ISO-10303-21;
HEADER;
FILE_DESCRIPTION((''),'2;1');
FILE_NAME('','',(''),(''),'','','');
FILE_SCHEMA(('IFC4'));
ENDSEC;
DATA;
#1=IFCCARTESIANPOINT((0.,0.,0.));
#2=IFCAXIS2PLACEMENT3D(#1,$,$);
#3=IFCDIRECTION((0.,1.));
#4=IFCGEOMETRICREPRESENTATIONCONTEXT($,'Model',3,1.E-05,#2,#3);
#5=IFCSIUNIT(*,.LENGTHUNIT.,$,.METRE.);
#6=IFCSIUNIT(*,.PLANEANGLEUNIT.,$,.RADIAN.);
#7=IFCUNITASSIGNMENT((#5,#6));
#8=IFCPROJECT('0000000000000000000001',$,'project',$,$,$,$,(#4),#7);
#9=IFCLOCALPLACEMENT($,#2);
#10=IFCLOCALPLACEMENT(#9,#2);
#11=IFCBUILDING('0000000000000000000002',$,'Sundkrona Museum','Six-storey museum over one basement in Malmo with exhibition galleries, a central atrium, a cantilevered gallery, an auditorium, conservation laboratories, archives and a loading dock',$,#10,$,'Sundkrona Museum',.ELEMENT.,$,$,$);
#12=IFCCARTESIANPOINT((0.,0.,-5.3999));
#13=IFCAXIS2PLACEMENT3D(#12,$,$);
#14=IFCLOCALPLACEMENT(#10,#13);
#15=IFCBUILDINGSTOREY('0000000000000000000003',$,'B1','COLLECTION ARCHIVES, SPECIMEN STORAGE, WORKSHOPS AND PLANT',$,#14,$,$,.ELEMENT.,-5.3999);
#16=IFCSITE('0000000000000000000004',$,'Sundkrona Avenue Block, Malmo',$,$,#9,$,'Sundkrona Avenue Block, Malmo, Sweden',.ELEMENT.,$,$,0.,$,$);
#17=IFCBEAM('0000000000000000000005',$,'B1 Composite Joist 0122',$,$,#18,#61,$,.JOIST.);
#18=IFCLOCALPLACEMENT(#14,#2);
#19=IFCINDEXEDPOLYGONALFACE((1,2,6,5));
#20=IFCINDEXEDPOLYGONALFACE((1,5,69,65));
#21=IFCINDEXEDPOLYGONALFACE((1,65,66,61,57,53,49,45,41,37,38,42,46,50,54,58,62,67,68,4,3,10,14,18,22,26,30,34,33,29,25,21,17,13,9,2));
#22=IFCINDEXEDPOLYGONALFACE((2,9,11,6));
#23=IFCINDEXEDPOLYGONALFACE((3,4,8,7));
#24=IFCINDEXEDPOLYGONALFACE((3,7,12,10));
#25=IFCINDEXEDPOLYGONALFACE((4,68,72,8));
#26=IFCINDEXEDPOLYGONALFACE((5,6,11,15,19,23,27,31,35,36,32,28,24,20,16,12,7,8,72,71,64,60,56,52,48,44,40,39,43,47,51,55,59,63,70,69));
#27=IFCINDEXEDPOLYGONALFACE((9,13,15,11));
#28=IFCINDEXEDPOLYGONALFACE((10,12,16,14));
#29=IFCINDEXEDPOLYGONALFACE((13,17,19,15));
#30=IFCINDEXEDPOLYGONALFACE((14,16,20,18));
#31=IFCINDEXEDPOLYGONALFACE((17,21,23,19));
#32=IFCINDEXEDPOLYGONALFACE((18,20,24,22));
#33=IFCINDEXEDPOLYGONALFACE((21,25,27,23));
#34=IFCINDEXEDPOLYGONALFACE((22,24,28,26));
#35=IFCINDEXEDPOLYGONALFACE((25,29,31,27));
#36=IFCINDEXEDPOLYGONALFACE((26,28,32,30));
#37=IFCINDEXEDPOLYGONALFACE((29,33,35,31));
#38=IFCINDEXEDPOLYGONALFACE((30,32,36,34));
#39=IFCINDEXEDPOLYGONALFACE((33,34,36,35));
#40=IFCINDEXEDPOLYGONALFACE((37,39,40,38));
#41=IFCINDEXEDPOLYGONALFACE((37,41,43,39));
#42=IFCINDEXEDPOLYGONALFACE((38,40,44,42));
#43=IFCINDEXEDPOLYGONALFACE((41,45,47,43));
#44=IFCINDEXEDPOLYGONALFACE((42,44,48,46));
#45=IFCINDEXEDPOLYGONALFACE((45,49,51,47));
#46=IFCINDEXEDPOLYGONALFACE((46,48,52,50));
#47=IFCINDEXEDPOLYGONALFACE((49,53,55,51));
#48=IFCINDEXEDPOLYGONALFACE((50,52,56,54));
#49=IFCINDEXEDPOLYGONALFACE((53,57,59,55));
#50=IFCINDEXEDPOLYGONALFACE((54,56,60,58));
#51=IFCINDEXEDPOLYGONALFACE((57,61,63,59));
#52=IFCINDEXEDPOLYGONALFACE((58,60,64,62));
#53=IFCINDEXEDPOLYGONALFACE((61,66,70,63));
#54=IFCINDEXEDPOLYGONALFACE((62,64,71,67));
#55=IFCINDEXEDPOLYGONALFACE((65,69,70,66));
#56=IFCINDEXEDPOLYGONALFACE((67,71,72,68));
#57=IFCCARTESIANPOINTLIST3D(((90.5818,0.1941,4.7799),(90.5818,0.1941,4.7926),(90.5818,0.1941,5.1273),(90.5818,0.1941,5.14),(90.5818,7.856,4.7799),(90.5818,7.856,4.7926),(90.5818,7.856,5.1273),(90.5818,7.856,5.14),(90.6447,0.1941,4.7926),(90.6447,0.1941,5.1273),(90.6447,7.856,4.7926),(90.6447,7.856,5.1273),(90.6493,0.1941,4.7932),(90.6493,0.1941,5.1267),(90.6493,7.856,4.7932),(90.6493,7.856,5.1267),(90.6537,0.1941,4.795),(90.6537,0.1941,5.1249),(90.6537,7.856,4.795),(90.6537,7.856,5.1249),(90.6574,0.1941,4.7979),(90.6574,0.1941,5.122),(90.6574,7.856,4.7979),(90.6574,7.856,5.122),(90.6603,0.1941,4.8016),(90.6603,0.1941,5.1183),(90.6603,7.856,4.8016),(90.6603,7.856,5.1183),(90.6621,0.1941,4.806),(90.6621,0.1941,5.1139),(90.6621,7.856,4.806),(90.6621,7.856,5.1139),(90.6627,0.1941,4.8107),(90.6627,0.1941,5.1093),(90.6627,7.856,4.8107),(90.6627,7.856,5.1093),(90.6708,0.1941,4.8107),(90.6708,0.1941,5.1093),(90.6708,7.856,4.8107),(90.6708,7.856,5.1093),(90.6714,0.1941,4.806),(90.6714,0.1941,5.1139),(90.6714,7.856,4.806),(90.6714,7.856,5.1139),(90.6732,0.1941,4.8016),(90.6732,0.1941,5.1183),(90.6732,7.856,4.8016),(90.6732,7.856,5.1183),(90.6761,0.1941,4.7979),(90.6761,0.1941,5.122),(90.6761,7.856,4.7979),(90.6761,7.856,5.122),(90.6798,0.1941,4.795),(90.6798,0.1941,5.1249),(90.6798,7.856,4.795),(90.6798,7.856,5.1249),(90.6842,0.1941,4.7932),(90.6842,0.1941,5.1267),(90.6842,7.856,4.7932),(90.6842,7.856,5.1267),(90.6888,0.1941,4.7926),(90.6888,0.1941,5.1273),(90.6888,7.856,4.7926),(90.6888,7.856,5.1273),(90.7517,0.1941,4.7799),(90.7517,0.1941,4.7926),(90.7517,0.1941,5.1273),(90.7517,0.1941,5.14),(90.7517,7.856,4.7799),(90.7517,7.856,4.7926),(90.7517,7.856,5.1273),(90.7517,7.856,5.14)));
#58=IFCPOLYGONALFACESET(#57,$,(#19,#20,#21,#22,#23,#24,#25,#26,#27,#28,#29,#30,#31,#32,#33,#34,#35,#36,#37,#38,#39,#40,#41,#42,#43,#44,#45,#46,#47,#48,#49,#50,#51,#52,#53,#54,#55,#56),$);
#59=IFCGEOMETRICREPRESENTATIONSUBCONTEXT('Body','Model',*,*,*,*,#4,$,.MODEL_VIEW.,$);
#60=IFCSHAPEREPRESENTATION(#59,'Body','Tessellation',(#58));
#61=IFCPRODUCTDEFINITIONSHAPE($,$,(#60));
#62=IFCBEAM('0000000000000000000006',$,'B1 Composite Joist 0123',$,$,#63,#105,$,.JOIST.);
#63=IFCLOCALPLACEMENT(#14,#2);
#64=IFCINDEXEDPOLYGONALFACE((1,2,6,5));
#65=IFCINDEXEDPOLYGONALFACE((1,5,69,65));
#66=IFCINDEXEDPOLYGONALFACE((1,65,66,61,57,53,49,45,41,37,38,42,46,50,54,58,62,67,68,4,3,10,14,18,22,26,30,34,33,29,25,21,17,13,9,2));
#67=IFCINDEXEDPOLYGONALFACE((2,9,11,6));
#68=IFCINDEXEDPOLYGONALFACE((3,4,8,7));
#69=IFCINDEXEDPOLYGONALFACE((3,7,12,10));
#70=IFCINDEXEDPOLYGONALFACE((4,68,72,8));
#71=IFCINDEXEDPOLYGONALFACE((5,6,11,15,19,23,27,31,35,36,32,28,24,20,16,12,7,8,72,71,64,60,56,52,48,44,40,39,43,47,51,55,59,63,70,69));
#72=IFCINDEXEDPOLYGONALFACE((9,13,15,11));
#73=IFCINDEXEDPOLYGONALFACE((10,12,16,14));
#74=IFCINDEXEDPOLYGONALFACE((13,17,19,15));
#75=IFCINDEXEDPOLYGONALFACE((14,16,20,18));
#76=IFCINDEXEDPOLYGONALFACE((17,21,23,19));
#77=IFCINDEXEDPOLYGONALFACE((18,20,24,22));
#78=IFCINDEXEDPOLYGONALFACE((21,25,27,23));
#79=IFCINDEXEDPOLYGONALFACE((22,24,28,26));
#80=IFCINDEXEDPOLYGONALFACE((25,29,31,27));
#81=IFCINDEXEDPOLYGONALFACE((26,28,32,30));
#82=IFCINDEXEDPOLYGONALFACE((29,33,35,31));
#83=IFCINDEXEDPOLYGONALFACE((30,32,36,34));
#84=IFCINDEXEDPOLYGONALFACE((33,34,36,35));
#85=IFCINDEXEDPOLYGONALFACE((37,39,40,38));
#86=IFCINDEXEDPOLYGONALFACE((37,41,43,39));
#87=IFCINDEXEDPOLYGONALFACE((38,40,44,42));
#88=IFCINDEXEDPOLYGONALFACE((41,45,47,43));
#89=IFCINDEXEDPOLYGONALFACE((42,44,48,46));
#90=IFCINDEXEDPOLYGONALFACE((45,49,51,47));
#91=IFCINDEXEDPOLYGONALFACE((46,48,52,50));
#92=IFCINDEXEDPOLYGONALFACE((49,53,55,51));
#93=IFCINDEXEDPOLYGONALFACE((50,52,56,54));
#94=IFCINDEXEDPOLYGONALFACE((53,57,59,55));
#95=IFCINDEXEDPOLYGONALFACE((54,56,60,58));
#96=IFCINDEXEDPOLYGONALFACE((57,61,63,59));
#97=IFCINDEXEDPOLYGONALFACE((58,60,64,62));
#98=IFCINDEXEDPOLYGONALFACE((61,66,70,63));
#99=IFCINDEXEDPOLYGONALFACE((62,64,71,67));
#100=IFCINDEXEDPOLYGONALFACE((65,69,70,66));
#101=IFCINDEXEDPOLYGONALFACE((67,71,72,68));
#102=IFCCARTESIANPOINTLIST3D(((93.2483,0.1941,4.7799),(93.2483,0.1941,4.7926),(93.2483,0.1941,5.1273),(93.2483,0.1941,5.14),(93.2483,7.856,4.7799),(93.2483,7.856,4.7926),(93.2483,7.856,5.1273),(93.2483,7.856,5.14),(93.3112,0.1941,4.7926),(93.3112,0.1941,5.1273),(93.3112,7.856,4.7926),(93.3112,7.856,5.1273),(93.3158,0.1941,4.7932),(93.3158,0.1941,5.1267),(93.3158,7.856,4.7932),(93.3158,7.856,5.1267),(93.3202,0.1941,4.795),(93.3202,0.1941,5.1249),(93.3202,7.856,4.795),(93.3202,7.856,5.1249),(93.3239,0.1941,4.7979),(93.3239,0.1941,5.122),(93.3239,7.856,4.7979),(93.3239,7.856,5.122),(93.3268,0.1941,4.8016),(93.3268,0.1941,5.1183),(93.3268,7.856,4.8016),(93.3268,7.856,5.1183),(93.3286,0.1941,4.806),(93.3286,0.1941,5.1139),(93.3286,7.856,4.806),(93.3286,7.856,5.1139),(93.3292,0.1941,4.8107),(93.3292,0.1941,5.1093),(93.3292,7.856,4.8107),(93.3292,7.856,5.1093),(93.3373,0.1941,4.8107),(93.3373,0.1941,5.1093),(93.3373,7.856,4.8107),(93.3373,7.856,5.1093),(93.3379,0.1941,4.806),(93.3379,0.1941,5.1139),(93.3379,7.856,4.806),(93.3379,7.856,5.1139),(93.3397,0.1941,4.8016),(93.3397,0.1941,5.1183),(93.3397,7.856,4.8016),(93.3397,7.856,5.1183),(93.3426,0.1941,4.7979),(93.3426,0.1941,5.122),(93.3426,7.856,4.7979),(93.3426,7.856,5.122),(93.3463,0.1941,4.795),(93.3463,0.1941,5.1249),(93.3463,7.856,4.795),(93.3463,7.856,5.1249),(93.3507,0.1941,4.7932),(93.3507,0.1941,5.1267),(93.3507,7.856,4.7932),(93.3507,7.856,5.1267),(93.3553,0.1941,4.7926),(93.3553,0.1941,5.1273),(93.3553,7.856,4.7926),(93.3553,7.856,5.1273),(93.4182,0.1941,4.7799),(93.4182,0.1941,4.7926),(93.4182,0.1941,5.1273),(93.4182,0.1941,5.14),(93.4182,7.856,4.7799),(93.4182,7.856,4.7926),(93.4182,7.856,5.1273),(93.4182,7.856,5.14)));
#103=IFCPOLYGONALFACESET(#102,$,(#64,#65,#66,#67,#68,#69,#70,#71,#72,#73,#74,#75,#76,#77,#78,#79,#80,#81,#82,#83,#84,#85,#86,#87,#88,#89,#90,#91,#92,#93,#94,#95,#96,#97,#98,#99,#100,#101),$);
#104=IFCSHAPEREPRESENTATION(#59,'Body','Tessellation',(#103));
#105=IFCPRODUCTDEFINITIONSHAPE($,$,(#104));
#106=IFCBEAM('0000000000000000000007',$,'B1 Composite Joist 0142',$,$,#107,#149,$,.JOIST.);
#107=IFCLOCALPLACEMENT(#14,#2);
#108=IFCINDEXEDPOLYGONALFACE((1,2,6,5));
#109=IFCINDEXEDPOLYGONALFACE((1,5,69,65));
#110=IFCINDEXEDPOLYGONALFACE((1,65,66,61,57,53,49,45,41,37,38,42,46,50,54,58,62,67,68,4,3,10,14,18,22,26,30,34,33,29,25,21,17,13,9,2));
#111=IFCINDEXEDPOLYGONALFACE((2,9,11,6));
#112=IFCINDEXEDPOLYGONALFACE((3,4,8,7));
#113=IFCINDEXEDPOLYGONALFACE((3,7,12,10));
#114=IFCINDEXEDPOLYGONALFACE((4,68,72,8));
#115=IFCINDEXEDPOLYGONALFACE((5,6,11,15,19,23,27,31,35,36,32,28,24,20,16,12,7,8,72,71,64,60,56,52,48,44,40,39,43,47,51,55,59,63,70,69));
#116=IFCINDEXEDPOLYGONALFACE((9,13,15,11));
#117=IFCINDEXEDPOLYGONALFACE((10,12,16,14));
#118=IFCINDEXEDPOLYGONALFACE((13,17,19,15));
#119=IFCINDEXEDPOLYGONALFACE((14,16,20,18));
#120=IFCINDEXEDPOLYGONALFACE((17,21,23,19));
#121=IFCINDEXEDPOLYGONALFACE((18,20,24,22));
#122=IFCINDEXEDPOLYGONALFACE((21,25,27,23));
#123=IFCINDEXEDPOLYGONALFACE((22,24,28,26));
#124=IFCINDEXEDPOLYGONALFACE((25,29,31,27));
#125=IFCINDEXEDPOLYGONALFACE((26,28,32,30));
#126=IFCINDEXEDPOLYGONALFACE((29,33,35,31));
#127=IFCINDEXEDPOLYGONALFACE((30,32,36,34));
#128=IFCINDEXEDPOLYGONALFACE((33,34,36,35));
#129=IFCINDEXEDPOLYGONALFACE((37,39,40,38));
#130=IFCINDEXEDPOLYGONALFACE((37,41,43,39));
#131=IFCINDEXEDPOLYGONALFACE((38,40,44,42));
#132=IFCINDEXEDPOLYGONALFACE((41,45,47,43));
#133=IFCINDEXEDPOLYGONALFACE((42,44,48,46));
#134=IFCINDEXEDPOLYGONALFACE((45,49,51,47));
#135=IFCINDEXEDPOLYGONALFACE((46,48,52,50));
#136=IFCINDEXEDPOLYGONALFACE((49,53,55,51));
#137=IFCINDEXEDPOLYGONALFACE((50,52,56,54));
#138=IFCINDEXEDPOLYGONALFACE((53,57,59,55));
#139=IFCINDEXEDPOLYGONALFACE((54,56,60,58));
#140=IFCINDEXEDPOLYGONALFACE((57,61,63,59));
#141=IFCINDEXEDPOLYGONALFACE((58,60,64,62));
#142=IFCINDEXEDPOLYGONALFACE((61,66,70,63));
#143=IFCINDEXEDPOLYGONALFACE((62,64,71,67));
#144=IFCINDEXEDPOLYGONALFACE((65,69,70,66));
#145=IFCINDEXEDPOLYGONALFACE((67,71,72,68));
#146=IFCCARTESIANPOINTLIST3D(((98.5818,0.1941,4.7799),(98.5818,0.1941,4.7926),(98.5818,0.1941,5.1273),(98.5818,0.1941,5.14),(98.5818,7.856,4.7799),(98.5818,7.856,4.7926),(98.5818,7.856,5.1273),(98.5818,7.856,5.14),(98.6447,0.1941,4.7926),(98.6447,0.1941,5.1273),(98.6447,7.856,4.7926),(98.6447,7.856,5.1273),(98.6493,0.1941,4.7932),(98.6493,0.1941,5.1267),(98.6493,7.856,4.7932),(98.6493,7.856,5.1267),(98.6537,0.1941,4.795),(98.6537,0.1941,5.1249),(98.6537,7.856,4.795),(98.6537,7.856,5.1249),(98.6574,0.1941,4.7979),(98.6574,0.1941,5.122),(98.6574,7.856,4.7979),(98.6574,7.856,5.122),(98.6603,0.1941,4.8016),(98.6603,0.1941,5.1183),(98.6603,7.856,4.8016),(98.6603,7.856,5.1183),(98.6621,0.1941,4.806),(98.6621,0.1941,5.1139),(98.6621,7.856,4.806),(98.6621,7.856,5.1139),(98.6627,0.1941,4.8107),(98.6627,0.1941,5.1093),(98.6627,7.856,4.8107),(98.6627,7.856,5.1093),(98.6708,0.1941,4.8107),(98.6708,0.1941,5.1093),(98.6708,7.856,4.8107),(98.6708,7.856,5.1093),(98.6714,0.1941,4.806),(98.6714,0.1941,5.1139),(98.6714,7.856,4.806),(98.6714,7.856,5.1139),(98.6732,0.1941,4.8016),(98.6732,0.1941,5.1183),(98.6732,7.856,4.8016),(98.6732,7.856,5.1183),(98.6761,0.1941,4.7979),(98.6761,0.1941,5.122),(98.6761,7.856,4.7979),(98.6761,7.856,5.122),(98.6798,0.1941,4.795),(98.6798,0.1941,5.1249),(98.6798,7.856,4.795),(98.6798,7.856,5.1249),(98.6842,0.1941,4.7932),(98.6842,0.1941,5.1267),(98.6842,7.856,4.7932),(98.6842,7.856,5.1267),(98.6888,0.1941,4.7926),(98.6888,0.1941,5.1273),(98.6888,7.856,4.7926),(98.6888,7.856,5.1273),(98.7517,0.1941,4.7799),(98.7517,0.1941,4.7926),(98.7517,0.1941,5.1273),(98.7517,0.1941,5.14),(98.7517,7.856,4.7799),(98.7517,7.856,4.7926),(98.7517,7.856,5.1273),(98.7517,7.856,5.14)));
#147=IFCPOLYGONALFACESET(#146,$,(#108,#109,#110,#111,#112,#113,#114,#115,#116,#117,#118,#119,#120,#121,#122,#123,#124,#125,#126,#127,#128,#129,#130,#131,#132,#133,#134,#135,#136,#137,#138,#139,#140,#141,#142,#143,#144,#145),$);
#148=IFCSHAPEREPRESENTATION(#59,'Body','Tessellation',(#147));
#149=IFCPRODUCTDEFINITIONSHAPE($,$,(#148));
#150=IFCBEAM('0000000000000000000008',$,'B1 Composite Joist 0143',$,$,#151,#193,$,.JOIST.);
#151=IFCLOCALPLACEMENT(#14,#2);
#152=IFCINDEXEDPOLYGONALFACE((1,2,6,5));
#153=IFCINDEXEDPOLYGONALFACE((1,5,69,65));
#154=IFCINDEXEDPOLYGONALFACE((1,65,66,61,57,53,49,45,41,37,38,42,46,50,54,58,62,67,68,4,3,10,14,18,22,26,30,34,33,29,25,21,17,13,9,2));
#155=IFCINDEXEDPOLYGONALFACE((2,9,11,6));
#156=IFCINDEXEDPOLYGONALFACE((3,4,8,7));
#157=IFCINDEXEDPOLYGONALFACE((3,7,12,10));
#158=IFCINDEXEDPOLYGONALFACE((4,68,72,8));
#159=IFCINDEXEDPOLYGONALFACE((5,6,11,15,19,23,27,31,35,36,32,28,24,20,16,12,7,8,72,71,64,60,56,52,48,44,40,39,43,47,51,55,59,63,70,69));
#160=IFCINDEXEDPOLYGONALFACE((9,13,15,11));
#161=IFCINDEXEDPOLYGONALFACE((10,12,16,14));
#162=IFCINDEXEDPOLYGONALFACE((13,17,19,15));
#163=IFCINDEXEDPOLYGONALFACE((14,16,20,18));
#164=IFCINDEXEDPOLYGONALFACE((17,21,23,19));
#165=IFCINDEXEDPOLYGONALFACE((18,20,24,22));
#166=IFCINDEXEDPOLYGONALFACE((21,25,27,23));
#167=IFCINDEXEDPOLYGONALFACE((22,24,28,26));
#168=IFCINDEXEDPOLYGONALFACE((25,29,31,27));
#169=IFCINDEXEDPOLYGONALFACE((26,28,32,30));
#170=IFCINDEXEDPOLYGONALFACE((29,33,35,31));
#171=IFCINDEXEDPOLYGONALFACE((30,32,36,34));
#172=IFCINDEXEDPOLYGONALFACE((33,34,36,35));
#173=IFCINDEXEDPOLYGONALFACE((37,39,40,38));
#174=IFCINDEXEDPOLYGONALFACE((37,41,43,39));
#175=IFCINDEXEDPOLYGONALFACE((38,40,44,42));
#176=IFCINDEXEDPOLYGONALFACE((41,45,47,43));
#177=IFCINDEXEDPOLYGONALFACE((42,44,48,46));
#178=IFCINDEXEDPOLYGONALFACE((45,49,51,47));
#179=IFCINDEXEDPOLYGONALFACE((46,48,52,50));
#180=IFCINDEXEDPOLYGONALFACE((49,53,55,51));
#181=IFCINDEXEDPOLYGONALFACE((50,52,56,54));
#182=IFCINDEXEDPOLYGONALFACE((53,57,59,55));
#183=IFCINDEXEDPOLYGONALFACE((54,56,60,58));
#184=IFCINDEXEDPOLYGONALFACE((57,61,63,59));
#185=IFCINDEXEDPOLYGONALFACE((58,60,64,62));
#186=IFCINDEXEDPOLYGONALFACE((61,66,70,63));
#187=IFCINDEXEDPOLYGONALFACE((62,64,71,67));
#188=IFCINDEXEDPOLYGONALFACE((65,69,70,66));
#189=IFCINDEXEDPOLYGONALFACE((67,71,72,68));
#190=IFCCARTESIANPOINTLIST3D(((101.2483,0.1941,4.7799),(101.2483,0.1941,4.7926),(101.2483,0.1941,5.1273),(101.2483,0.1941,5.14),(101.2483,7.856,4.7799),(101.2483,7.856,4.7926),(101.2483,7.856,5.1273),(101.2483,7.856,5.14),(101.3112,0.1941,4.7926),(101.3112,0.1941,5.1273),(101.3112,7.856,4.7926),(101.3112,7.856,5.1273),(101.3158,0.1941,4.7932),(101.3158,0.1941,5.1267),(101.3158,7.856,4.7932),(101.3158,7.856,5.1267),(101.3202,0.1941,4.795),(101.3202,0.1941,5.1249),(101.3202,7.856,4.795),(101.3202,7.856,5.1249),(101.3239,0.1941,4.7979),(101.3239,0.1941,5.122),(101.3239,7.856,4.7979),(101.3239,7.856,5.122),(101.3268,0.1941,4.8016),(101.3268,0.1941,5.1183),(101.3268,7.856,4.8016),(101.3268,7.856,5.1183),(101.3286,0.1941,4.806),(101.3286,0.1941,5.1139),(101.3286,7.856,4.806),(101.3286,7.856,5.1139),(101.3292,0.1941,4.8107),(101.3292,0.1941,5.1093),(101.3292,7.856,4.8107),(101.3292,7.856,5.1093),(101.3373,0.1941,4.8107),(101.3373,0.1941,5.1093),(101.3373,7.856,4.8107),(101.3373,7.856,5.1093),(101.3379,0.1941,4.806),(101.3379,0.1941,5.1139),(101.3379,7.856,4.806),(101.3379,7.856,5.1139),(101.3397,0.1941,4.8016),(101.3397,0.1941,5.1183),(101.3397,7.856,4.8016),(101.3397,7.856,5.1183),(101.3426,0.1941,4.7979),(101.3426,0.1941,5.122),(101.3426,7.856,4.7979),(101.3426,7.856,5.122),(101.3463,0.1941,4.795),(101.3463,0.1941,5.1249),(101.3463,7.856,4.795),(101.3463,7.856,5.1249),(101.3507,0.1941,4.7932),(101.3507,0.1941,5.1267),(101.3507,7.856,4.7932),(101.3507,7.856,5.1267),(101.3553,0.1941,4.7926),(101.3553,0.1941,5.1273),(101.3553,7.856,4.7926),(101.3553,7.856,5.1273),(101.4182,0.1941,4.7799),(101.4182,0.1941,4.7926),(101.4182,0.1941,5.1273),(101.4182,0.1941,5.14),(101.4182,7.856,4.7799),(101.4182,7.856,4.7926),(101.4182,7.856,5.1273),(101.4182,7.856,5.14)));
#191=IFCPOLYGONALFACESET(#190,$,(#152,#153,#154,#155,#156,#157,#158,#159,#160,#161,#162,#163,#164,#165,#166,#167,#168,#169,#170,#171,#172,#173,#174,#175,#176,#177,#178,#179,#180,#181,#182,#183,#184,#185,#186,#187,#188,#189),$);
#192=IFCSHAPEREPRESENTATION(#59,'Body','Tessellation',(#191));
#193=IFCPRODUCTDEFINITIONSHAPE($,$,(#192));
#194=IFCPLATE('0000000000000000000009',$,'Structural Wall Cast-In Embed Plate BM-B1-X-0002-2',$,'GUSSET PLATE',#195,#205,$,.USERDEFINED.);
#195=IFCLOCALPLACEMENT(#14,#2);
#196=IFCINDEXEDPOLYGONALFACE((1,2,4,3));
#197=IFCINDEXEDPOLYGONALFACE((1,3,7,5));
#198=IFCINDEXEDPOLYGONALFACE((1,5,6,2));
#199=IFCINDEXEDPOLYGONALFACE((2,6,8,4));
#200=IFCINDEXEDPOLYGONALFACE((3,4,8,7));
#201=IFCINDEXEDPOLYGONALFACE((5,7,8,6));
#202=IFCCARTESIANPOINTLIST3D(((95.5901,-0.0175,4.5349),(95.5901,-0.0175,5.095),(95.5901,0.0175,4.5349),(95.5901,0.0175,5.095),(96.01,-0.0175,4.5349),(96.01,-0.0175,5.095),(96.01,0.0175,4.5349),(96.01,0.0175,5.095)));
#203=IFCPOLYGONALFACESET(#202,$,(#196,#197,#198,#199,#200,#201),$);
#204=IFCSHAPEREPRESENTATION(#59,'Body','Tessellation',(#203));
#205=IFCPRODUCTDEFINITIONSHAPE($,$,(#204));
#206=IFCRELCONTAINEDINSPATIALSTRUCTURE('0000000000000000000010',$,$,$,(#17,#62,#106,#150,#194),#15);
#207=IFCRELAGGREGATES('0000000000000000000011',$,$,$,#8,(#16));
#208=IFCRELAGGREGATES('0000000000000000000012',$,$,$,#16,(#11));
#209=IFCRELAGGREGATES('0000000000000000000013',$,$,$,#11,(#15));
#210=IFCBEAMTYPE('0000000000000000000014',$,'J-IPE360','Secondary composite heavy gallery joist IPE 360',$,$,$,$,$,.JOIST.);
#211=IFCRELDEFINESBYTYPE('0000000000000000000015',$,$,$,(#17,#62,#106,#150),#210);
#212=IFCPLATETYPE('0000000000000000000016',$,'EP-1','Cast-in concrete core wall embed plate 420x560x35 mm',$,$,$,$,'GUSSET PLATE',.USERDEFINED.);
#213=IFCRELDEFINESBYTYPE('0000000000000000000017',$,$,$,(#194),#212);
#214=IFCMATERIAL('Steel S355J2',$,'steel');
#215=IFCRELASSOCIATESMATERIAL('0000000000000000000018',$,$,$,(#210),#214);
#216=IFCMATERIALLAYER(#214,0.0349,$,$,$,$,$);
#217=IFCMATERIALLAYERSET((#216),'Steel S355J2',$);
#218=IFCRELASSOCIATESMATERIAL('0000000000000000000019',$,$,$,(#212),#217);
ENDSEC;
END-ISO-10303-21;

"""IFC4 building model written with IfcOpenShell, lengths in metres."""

from ifc_helpers import new_model, si_unit, direction, frame, origin, origin_2d, place, context, subcontext, project, spatial, rectangle, i_section, extrude, material, layer, layer_set, material_profile, profile_set, type_object, element, save


model = new_model("IFC4")

# Units and contexts
model_context = context("Model", 3, precision=1e-05, world=origin(), true_north=direction((0.0, 1.0)))
body_context = subcontext(model_context, "Body", "Model", "MODEL_VIEW")
ifc_project = project(units=[si_unit("LENGTHUNIT", "METRE"), si_unit("PLANEANGLEUNIT", "RADIAN")], contexts=[model_context])

# Site, building, storey
site_placement = place(None, origin())
site = spatial("IfcSite", under=ifc_project, at=site_placement, Name="Sundkrona Avenue Block, Malmo", LongName="Sundkrona Avenue Block, Malmo, Sweden", CompositionType="ELEMENT", RefElevation=0.0)
building_placement = place(site_placement, origin())
building = spatial("IfcBuilding", under=site, at=building_placement, Name="Sundkrona Museum", Description="Six-storey museum over one basement in Malmo with exhibition galleries, a central atrium, a cantilevered gallery, an auditorium, conservation laboratories, archives and a loading dock", LongName="Sundkrona Museum", CompositionType="ELEMENT")
storey_placement = place(building_placement, frame((0.0, 0.0, -5.3999)))
storey = spatial("IfcBuildingStorey", under=building, at=storey_placement, Name="B1", Description="COLLECTION ARCHIVES, SPECIMEN STORAGE, WORKSHOPS AND PLANT", CompositionType="ELEMENT", Elevation=-5.3999)

# Beams
ifc_material_1 = material(Name="Steel S355J2", Category="steel")
ifc_material_profile_1 = material_profile(ifc_material_1, i_section(OverallWidth=0.1699, OverallDepth=0.3601, WebThickness=0.0081, FlangeThickness=0.0127, FilletRadius=0.0181, at=origin_2d()), Name="IPE 360")
ifc_profile_set_1 = profile_set([ifc_material_profile_1], Name="Steel S355J2")
beam_type_1 = type_object("IfcBeamType", Name="J-IPE360", Description="Secondary composite heavy gallery joist IPE 360", PredefinedType="JOIST", material=ifc_profile_set_1)
for number, where, z_axis, x_axis, name in (
    (1, (90.6667, 0.1941, 4.96), (0.0, 1.0, 0.0), (-1.0, 0.0, 0.0), "B1 Composite Joist 0122"),
    (2, (93.3333, 0.1941, 4.96), (0.0, 1.0, 0.0), (-1.0, 0.0, 0.0), "B1 Composite Joist 0123"),
    (3, (98.6667, 0.1941, 4.96), (0.0, 1.0, 0.0), (-1.0, 0.0, 0.0), "B1 Composite Joist 0142"),
    (4, (101.3333, 0.1941, 4.96), (0.0, 1.0, 0.0), (-1.0, 0.0, 0.0), "B1 Composite Joist 0143"),
):
    element("IfcBeam", number, at=place(storey_placement, frame(where, z_axis=z_axis, x_axis=x_axis)), inside=storey, type_object=beam_type_1, Name=name, PredefinedType="JOIST", context=body_context, shape_type="SweptSolid", body=[
        extrude(i_section(OverallWidth=0.1699, OverallDepth=0.3601, WebThickness=0.0081, FlangeThickness=0.0127, FilletRadius=0.0181, at=origin_2d()), origin(), (0.0, 0.0, 1.0), 7.6619),
    ])

# Plate
ifc_layer = layer(ifc_material_1, 0.0349)
ifc_layer_set = layer_set([ifc_layer], Name="Steel S355J2")
plate_type = type_object("IfcPlateType", Name="EP-1", Description="Cast-in concrete core wall embed plate 420x560x35 mm", ElementType="GUSSET PLATE", PredefinedType="USERDEFINED", material=ifc_layer_set)
for number, where, z_axis, x_axis, name in (
    (5, (95.8, 0.0, 4.5349), (0.0, 0.0, 1.0), (1.0, 0.0, 0.0), "Structural Wall Cast-In Embed Plate BM-B1-X-0002-2"),
):
    element("IfcPlate", number, at=place(storey_placement, frame(where, z_axis=z_axis, x_axis=x_axis)), inside=storey, type_object=plate_type, Name=name, ObjectType="GUSSET PLATE", PredefinedType="USERDEFINED", context=body_context, shape_type="SweptSolid", body=[
        extrude(rectangle(XDim=0.4199, YDim=0.0349, at=origin_2d()), origin(), (0.0, 0.0, 1.0), 0.5601),
    ])

save(model, "model.ifc")
